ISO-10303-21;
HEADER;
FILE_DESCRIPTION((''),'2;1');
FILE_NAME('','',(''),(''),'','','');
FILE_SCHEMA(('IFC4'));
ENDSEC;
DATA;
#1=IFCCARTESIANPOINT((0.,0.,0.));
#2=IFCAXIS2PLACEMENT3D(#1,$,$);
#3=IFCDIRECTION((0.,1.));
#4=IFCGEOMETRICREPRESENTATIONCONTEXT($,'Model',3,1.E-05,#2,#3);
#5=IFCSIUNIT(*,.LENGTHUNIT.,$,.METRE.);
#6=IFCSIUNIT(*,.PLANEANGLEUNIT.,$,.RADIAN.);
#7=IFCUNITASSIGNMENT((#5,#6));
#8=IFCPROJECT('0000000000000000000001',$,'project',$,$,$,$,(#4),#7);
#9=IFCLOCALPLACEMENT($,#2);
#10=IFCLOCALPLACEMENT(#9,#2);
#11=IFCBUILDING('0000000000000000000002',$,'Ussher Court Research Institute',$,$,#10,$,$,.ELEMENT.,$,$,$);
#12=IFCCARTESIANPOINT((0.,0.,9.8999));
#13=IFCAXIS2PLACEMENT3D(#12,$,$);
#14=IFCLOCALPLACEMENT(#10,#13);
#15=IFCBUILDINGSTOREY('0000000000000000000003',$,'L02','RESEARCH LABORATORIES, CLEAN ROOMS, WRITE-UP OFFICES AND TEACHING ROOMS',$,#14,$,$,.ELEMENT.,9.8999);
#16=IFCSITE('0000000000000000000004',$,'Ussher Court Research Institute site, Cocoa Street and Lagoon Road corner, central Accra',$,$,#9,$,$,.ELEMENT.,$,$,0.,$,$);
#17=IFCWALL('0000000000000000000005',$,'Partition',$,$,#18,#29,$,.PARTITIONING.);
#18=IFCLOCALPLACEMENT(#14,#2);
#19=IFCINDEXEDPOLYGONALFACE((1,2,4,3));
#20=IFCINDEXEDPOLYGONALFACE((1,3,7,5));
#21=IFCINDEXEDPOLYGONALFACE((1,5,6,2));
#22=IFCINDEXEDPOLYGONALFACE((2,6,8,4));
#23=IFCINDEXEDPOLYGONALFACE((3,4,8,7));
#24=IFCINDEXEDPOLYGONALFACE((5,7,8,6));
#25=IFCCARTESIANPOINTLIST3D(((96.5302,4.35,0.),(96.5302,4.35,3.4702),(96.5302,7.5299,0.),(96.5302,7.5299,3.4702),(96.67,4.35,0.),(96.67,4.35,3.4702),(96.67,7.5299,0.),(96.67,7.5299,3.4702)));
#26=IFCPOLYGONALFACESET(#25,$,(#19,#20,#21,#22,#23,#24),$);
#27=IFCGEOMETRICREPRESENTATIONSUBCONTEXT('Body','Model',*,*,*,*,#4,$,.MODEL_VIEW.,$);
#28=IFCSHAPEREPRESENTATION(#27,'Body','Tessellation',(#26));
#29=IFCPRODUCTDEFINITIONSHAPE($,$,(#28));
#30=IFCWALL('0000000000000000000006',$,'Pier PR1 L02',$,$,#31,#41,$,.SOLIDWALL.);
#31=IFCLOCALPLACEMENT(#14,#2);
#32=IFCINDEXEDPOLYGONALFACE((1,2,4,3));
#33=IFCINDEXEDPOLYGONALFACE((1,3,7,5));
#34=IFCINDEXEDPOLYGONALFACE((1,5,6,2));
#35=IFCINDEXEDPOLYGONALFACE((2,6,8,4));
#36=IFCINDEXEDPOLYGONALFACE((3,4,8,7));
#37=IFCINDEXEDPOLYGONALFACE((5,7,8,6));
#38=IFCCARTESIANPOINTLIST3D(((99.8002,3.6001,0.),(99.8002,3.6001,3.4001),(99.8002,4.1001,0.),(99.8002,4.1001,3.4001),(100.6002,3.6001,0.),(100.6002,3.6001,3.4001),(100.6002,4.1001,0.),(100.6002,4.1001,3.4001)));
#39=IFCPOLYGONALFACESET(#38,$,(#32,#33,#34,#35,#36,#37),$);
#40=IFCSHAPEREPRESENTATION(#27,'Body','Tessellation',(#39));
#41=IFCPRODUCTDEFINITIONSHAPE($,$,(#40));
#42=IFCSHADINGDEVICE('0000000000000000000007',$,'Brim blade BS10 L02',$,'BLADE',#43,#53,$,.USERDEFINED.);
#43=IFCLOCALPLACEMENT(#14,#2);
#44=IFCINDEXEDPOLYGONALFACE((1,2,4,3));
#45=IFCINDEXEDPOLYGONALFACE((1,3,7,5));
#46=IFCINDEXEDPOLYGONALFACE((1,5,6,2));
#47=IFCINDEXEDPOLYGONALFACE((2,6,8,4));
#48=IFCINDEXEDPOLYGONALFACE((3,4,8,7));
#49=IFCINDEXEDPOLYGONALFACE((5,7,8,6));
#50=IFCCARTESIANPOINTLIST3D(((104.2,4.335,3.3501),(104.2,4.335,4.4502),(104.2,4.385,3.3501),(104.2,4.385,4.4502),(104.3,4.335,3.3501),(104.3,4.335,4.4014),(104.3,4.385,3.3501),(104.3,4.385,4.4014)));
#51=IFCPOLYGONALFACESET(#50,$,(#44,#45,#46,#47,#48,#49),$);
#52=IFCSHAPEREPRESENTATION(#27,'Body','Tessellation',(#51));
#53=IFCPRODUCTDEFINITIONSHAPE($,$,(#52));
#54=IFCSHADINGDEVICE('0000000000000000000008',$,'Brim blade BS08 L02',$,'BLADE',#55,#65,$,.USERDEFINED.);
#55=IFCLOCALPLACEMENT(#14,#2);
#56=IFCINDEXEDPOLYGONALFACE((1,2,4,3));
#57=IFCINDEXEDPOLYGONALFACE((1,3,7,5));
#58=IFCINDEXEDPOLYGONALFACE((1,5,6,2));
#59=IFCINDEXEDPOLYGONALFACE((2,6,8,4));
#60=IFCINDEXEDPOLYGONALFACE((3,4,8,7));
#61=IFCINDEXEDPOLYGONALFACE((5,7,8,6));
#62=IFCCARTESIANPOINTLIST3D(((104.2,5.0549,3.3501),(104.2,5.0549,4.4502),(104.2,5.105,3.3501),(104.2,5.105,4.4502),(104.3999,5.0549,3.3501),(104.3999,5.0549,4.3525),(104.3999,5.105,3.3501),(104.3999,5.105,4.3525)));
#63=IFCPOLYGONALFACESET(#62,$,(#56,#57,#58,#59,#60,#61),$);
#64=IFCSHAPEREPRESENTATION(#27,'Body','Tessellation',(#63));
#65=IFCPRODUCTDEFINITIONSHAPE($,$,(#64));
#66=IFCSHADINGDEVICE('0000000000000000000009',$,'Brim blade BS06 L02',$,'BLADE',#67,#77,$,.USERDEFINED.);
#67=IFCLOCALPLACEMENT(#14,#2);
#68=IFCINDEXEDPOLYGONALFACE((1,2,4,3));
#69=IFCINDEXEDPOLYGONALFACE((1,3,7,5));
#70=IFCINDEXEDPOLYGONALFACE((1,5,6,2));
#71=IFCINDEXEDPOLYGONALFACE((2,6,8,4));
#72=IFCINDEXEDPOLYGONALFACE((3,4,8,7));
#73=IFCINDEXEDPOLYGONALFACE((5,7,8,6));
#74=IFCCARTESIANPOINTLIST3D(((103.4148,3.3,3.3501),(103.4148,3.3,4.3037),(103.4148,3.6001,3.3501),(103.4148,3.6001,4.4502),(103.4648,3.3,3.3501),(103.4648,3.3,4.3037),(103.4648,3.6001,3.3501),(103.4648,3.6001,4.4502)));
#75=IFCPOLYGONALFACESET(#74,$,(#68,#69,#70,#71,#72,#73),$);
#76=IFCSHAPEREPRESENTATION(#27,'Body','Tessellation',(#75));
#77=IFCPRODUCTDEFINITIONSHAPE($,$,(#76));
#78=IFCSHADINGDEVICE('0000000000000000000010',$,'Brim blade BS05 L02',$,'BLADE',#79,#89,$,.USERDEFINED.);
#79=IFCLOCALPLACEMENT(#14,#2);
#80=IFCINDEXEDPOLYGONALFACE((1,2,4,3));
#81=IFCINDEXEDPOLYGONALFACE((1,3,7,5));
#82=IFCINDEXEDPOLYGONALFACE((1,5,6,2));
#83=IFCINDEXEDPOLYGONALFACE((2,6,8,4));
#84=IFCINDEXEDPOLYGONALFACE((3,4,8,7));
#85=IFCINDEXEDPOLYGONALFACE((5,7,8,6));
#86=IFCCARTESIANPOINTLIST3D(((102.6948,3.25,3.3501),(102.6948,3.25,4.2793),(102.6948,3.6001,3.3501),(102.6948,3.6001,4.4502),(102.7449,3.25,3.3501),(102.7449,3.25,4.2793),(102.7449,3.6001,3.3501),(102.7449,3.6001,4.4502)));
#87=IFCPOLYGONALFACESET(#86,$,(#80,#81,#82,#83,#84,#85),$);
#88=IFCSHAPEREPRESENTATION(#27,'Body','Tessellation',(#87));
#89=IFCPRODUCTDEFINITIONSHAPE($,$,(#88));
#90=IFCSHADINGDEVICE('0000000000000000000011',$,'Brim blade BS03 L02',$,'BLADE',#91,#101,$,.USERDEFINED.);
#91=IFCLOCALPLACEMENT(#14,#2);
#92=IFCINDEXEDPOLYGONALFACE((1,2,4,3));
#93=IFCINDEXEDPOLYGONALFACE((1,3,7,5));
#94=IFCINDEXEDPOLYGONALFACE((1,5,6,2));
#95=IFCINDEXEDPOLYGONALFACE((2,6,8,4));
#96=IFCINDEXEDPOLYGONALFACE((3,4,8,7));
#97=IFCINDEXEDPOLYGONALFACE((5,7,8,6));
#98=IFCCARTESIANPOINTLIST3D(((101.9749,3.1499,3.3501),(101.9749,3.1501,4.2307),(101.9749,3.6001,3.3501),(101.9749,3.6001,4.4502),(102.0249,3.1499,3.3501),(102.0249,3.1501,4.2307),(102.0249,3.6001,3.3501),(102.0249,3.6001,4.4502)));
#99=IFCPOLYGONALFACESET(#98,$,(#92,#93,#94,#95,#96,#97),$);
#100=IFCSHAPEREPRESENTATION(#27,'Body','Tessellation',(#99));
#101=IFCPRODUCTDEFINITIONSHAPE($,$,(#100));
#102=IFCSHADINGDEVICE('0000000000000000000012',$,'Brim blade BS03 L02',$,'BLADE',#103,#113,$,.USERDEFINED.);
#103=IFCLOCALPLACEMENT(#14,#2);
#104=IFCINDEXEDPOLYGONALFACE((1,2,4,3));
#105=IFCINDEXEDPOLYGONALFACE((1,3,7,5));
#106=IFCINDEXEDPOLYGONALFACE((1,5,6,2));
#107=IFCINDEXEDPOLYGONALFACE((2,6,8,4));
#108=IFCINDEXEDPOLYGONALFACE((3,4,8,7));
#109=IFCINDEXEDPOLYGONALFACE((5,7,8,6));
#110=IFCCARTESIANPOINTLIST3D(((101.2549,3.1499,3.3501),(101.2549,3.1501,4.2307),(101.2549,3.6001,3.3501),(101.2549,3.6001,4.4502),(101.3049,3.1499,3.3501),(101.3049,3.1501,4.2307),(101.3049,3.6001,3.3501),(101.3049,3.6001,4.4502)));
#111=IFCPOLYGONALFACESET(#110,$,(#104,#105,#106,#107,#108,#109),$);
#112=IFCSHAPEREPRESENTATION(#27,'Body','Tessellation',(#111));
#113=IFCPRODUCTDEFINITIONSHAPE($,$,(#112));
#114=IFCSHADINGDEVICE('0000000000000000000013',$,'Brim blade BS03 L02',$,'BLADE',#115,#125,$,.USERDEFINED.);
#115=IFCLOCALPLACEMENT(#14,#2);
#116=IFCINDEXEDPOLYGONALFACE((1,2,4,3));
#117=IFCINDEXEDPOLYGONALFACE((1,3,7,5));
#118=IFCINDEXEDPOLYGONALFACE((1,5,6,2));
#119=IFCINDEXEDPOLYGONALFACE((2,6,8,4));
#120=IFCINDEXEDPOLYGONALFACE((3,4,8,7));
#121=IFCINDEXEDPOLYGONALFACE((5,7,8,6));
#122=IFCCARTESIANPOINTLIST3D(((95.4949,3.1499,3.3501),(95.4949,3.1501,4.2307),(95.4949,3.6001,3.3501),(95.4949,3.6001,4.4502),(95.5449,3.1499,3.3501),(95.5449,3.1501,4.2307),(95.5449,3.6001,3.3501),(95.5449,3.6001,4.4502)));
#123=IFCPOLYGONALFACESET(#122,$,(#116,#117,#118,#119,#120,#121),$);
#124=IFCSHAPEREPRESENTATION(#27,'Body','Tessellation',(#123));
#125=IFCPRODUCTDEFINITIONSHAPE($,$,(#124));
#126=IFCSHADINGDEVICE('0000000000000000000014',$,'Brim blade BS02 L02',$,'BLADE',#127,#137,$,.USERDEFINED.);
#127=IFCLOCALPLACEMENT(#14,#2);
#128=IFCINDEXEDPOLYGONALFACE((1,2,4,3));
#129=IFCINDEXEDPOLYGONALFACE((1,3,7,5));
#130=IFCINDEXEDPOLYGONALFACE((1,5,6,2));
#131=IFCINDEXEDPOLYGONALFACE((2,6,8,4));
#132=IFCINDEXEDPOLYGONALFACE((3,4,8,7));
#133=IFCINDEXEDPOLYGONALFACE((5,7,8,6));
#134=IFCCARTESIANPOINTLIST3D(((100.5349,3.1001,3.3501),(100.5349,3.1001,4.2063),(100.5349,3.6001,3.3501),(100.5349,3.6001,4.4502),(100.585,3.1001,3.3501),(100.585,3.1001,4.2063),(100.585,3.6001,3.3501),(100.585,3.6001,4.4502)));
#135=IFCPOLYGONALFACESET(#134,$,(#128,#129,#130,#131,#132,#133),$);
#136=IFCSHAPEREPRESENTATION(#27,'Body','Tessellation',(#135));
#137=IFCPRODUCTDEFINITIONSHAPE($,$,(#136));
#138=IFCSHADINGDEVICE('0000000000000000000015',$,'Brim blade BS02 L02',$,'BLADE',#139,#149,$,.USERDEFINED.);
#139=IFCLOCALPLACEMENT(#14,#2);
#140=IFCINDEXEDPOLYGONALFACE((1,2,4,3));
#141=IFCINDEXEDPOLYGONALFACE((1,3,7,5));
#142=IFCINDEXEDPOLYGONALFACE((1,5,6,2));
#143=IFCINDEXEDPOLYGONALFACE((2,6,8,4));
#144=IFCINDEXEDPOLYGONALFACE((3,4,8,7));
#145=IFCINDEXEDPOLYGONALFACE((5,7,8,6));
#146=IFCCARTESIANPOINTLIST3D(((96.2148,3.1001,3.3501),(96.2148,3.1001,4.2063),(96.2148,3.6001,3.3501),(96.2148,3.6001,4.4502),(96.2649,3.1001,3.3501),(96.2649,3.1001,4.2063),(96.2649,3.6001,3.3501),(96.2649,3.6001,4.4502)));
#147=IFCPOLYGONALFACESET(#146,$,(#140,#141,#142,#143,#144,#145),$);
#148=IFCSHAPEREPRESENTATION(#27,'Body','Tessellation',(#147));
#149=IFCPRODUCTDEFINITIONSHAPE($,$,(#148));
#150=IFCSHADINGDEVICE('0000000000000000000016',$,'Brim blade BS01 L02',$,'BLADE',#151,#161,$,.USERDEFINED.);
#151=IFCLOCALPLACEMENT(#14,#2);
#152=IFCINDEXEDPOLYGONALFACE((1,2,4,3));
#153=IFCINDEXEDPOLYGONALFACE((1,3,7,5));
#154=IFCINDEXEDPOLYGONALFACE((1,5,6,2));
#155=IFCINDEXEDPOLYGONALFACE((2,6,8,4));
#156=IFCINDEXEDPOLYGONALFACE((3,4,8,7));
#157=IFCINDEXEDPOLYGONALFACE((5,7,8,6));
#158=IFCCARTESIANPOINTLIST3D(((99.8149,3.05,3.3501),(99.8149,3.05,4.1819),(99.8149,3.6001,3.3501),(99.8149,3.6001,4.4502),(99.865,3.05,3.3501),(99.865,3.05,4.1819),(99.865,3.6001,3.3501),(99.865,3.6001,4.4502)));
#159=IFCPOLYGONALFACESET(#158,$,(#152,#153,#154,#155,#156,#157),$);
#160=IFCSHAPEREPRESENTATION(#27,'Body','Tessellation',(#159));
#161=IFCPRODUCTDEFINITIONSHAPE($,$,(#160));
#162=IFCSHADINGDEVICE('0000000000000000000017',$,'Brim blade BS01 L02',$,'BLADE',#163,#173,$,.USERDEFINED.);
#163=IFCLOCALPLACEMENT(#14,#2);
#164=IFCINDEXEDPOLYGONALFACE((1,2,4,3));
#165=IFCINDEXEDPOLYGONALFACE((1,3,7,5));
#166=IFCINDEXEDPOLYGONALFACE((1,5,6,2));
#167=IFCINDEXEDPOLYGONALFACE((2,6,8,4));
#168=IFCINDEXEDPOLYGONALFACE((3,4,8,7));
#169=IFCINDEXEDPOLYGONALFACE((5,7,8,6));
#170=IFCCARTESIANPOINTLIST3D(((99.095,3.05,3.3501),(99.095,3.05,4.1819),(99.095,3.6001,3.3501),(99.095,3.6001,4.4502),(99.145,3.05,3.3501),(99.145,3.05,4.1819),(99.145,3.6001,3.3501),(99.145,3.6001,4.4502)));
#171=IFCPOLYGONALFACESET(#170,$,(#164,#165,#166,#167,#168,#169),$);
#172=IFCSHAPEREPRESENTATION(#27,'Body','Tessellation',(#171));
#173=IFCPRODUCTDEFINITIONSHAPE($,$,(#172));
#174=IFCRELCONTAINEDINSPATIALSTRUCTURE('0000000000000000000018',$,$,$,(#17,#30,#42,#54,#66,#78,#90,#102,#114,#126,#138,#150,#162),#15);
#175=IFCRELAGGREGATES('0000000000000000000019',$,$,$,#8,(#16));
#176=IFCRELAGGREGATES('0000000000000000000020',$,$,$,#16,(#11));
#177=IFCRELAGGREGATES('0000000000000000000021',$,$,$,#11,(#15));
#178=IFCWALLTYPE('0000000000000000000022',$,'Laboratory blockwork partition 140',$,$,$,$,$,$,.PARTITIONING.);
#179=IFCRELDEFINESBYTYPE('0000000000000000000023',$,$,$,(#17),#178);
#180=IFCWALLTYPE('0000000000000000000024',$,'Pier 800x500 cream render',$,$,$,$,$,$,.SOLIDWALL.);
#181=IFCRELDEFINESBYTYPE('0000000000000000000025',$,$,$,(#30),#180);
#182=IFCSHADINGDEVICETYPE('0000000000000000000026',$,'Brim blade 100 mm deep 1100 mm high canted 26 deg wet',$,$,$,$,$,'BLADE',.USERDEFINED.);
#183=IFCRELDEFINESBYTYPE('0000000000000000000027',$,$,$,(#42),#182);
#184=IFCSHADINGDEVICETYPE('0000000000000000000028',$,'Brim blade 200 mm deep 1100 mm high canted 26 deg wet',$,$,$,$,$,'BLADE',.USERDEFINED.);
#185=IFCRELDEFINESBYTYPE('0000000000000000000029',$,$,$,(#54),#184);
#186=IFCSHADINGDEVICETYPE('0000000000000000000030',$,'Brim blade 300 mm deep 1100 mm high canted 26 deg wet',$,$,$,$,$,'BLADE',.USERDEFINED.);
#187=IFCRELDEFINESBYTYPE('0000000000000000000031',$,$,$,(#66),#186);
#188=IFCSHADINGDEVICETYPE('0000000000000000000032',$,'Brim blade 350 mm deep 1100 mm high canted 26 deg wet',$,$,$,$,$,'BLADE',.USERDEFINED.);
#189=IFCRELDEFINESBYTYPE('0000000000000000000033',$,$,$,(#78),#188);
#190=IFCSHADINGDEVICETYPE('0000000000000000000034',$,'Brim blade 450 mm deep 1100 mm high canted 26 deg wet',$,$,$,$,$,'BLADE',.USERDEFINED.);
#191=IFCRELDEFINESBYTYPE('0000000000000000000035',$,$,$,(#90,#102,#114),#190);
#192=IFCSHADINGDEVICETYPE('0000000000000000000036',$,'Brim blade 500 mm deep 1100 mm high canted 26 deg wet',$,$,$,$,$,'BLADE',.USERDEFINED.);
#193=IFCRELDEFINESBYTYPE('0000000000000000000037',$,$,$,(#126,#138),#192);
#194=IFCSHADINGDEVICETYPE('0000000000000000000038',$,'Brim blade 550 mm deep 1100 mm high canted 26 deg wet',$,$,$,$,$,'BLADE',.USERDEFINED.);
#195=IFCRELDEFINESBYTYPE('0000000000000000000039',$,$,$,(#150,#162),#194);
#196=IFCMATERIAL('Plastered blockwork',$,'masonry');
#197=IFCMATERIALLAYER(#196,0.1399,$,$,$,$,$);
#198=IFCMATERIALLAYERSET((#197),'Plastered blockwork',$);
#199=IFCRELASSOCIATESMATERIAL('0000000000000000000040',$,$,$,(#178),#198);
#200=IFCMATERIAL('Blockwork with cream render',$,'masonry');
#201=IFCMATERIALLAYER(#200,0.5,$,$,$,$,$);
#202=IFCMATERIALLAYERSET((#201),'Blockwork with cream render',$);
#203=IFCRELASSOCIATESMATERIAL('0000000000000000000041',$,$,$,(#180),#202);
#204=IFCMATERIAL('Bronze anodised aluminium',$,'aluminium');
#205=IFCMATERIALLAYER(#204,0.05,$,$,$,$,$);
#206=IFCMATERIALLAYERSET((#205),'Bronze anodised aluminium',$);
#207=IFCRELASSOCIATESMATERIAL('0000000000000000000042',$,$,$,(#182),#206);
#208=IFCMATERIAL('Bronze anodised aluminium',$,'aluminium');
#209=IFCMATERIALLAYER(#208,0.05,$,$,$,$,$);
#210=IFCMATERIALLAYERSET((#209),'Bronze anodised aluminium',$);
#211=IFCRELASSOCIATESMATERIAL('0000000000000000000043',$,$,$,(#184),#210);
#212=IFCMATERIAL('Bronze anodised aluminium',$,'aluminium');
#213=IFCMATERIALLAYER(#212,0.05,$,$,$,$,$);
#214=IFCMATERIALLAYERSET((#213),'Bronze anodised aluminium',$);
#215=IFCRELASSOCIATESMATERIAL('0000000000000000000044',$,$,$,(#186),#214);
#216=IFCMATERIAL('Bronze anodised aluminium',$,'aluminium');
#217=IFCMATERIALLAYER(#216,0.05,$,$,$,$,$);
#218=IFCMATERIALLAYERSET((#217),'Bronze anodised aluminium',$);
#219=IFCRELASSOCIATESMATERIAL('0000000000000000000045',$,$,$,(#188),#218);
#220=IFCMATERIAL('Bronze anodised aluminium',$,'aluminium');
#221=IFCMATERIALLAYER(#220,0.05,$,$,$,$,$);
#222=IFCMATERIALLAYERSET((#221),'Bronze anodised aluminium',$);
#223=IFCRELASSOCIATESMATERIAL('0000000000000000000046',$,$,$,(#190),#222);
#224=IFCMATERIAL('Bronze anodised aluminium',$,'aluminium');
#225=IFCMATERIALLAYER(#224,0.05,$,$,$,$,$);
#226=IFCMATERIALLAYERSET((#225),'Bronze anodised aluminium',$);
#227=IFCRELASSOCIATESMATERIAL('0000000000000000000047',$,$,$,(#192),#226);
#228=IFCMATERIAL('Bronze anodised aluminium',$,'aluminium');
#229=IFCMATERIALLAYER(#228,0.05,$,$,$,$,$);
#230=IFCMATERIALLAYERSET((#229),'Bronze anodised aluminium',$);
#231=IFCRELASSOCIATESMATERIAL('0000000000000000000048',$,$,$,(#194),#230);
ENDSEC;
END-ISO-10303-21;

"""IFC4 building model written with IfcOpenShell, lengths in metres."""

from ifc_helpers import new_model, si_unit, direction, frame, frame_2d, origin, place, context, subcontext, project, spatial, polyline, rectangle, outline, extrude, material, layer, layer_set, type_object, element, save


model = new_model("IFC4")

# Units and contexts
model_context = context("Model", 3, precision=1e-05, world=origin(), true_north=direction((0.0, 1.0)))
body_context = subcontext(model_context, "Body", "Model", "MODEL_VIEW")
ifc_project = project(units=[si_unit("LENGTHUNIT", "METRE"), si_unit("PLANEANGLEUNIT", "RADIAN")], contexts=[model_context])

# Site, building, storey
site_placement = place(None, origin())
site = spatial("IfcSite", under=ifc_project, at=site_placement, Name="Ussher Court Research Institute site, Cocoa Street and Lagoon Road corner, central Accra", CompositionType="ELEMENT", RefElevation=0.0)
building_placement = place(site_placement, origin())
building = spatial("IfcBuilding", under=site, at=building_placement, Name="Ussher Court Research Institute", CompositionType="ELEMENT")
storey_placement = place(building_placement, frame((0.0, 0.0, 9.8999)))
storey = spatial("IfcBuildingStorey", under=building, at=storey_placement, Name="L02", Description="RESEARCH LABORATORIES, CLEAN ROOMS, WRITE-UP OFFICES AND TEACHING ROOMS", CompositionType="ELEMENT", Elevation=9.8999)

# Walls
ifc_material_1 = material(Name="Plastered blockwork", Category="masonry")
ifc_layer_1 = layer(ifc_material_1, 0.1399)
ifc_layer_set_1 = layer_set([ifc_layer_1], Name="Plastered blockwork")
wall_type_1 = type_object("IfcWallType", Name="Laboratory blockwork partition 140", PredefinedType="PARTITIONING", material=ifc_layer_set_1)
wall_1_placement = place(storey_placement, frame((96.6001, 4.3501, 0.0), z_axis=(0.0, 0.0, 1.0), x_axis=(0.0, 1.0, 0.0)))
element("IfcWall", 1, at=wall_1_placement, inside=storey, type_object=wall_type_1, Name="Partition", PredefinedType="PARTITIONING", context=body_context, shape_type="SweptSolid", body=[
    extrude(rectangle(XDim=3.1799, YDim=0.1399, at=frame_2d((1.5898, 0.0))), origin(), (0.0, 0.0, 1.0), 3.4702),
])
ifc_material_2 = material(Name="Blockwork with cream render", Category="masonry")
ifc_layer_2 = layer(ifc_material_2, 0.5)
ifc_layer_set_2 = layer_set([ifc_layer_2], Name="Blockwork with cream render")
wall_type_2 = type_object("IfcWallType", Name="Pier 800x500 cream render", PredefinedType="SOLIDWALL", material=ifc_layer_set_2)
wall_2_placement = place(storey_placement, frame((100.6001, 3.8501, 0.0), z_axis=(0.0, 0.0, 1.0), x_axis=(-1.0, 0.0, 0.0)))
element("IfcWall", 2, at=wall_2_placement, inside=storey, type_object=wall_type_2, Name="Pier PR1 L02", PredefinedType="SOLIDWALL", context=body_context, shape_type="SweptSolid", body=[
    extrude(rectangle(XDim=0.8, YDim=0.5, at=frame_2d((0.3999, 0.0))), origin(), (0.0, 0.0, 1.0), 3.4001),
])

# Shading devices
ifc_material_3 = material(Name="Bronze anodised aluminium", Category="aluminium")
ifc_layer_3 = layer(ifc_material_3, 0.05)
ifc_layer_set_3 = layer_set([ifc_layer_3], Name="Bronze anodised aluminium")
shading_device_type_1 = type_object("IfcShadingDeviceType", Name="Brim blade 100 mm deep 1100 mm high canted 26 deg wet", ElementType="BLADE", PredefinedType="USERDEFINED", material=ifc_layer_set_3)
shading_device_1_placement = place(storey_placement, frame((104.2, 4.3601, 3.3501), z_axis=(0.0, 0.0, 1.0), x_axis=(1.0, 0.0, 0.0)))
element("IfcShadingDevice", 3, at=shading_device_1_placement, inside=storey, type_object=shading_device_type_1, Name="Brim blade BS10 L02", ObjectType="BLADE", PredefinedType="USERDEFINED", context=body_context, shape_type="SweptSolid", body=[
    extrude(outline(polyline([(0.0, 0.0), (0.1001, 0.0), (0.1001, 1.0513), (0.0, 1.1001), (0.0, 0.0)])), frame((0.0, 0.0249, 0.0), z_axis=(0.0, -1.0, 0.0), x_axis=(1.0, 0.0, 0.0)), (0.0, 0.0, 1.0), 0.05),
])
ifc_material_4 = material(Name="Bronze anodised aluminium", Category="aluminium")
ifc_layer_4 = layer(ifc_material_4, 0.05)
ifc_layer_set_4 = layer_set([ifc_layer_4], Name="Bronze anodised aluminium")
shading_device_type_2 = type_object("IfcShadingDeviceType", Name="Brim blade 200 mm deep 1100 mm high canted 26 deg wet", ElementType="BLADE", PredefinedType="USERDEFINED", material=ifc_layer_set_4)
shading_device_2_placement = place(storey_placement, frame((104.2, 5.0801, 3.3501), z_axis=(0.0, 0.0, 1.0), x_axis=(1.0, 0.0, 0.0)))
element("IfcShadingDevice", 4, at=shading_device_2_placement, inside=storey, type_object=shading_device_type_2, Name="Brim blade BS08 L02", ObjectType="BLADE", PredefinedType="USERDEFINED", context=body_context, shape_type="SweptSolid", body=[
    extrude(outline(polyline([(0.0, 0.0), (0.2, 0.0), (0.2, 1.0024), (0.0, 1.1001), (0.0, 0.0)])), frame((0.0, 0.0249, 0.0), z_axis=(0.0, -1.0, 0.0), x_axis=(1.0, 0.0, 0.0)), (0.0, 0.0, 1.0), 0.05),
])
ifc_material_5 = material(Name="Bronze anodised aluminium", Category="aluminium")
ifc_layer_5 = layer(ifc_material_5, 0.05)
ifc_layer_set_5 = layer_set([ifc_layer_5], Name="Bronze anodised aluminium")
shading_device_type_3 = type_object("IfcShadingDeviceType", Name="Brim blade 300 mm deep 1100 mm high canted 26 deg wet", ElementType="BLADE", PredefinedType="USERDEFINED", material=ifc_layer_set_5)
shading_device_3_placement = place(storey_placement, frame((103.4399, 3.6001, 3.3501), z_axis=(0.0, 0.0, 1.0), x_axis=(0.0, -1.0, 0.0)))
element("IfcShadingDevice", 5, at=shading_device_3_placement, inside=storey, type_object=shading_device_type_3, Name="Brim blade BS06 L02", ObjectType="BLADE", PredefinedType="USERDEFINED", context=body_context, shape_type="SweptSolid", body=[
    extrude(outline(polyline([(0.0, 0.0), (0.3, 0.0), (0.3, 0.9536), (0.0, 1.1001), (0.0, 0.0)])), frame((0.0, 0.0249, 0.0), z_axis=(0.0, -1.0, 0.0), x_axis=(1.0, 0.0, 0.0)), (0.0, 0.0, 1.0), 0.05),
])
ifc_material_6 = material(Name="Bronze anodised aluminium", Category="aluminium")
ifc_layer_6 = layer(ifc_material_6, 0.05)
ifc_layer_set_6 = layer_set([ifc_layer_6], Name="Bronze anodised aluminium")
shading_device_type_4 = type_object("IfcShadingDeviceType", Name="Brim blade 350 mm deep 1100 mm high canted 26 deg wet", ElementType="BLADE", PredefinedType="USERDEFINED", material=ifc_layer_set_6)
shading_device_4_placement = place(storey_placement, frame((102.72, 3.6001, 3.3501), z_axis=(0.0, 0.0, 1.0), x_axis=(0.0, -1.0, 0.0)))
element("IfcShadingDevice", 6, at=shading_device_4_placement, inside=storey, type_object=shading_device_type_4, Name="Brim blade BS05 L02", ObjectType="BLADE", PredefinedType="USERDEFINED", context=body_context, shape_type="SweptSolid", body=[
    extrude(outline(polyline([(0.0, 0.0), (0.3501, 0.0), (0.3501, 0.9292), (0.0, 1.1001), (0.0, 0.0)])), frame((0.0, 0.0249, 0.0), z_axis=(0.0, -1.0, 0.0), x_axis=(1.0, 0.0, 0.0)), (0.0, 0.0, 1.0), 0.05),
])
ifc_material_7 = material(Name="Bronze anodised aluminium", Category="aluminium")
ifc_layer_7 = layer(ifc_material_7, 0.05)
ifc_layer_set_7 = layer_set([ifc_layer_7], Name="Bronze anodised aluminium")
shading_device_type_5 = type_object("IfcShadingDeviceType", Name="Brim blade 450 mm deep 1100 mm high canted 26 deg wet", ElementType="BLADE", PredefinedType="USERDEFINED", material=ifc_layer_set_7)
for number, where, z_axis, x_axis, name in (
    (7, (102.0, 3.6001, 3.3501), (0.0, 0.0, 1.0), (0.0, -1.0, 0.0), "Brim blade BS03 L02"),
    (8, (101.28, 3.6001, 3.3501), (0.0, 0.0, 1.0), (0.0, -1.0, 0.0), "Brim blade BS03 L02"),
    (9, (95.52, 3.6001, 3.3501), (0.0, 0.0, 1.0), (0.0, -1.0, 0.0), "Brim blade BS03 L02"),
):
    element("IfcShadingDevice", number, at=place(storey_placement, frame(where, z_axis=z_axis, x_axis=x_axis)), inside=storey, type_object=shading_device_type_5, Name=name, ObjectType="BLADE", PredefinedType="USERDEFINED", context=body_context, shape_type="SweptSolid", body=[
        extrude(outline(polyline([(0.0, 0.0), (0.4502, 0.0), (0.45, 0.8806), (0.0, 1.1001), (0.0, 0.0)])), frame((0.0, 0.0249, 0.0), z_axis=(0.0, -1.0, 0.0), x_axis=(1.0, 0.0, 0.0)), (0.0, 0.0, 1.0), 0.05),
    ])
ifc_material_8 = material(Name="Bronze anodised aluminium", Category="aluminium")
ifc_layer_8 = layer(ifc_material_8, 0.05)
ifc_layer_set_8 = layer_set([ifc_layer_8], Name="Bronze anodised aluminium")
shading_device_type_6 = type_object("IfcShadingDeviceType", Name="Brim blade 500 mm deep 1100 mm high canted 26 deg wet", ElementType="BLADE", PredefinedType="USERDEFINED", material=ifc_layer_set_8)
for number, where, z_axis, x_axis, name in (
    (10, (100.5601, 3.6001, 3.3501), (0.0, 0.0, 1.0), (0.0, -1.0, 0.0), "Brim blade BS02 L02"),
    (11, (96.24, 3.6001, 3.3501), (0.0, 0.0, 1.0), (0.0, -1.0, 0.0), "Brim blade BS02 L02"),
):
    element("IfcShadingDevice", number, at=place(storey_placement, frame(where, z_axis=z_axis, x_axis=x_axis)), inside=storey, type_object=shading_device_type_6, Name=name, ObjectType="BLADE", PredefinedType="USERDEFINED", context=body_context, shape_type="SweptSolid", body=[
        extrude(outline(polyline([(0.0, 0.0), (0.5, 0.0), (0.5, 0.8562), (0.0, 1.1001), (0.0, 0.0)])), frame((0.0, 0.0249, 0.0), z_axis=(0.0, -1.0, 0.0), x_axis=(1.0, 0.0, 0.0)), (0.0, 0.0, 1.0), 0.05),
    ])
ifc_material_9 = material(Name="Bronze anodised aluminium", Category="aluminium")
ifc_layer_9 = layer(ifc_material_9, 0.05)
ifc_layer_set_9 = layer_set([ifc_layer_9], Name="Bronze anodised aluminium")
shading_device_type_7 = type_object("IfcShadingDeviceType", Name="Brim blade 550 mm deep 1100 mm high canted 26 deg wet", ElementType="BLADE", PredefinedType="USERDEFINED", material=ifc_layer_set_9)
for number, where, z_axis, x_axis, name in (
    (12, (99.8401, 3.6001, 3.3501), (0.0, 0.0, 1.0), (0.0, -1.0, 0.0), "Brim blade BS01 L02"),
    (13, (99.1201, 3.6001, 3.3501), (0.0, 0.0, 1.0), (0.0, -1.0, 0.0), "Brim blade BS01 L02"),
):
    element("IfcShadingDevice", number, at=place(storey_placement, frame(where, z_axis=z_axis, x_axis=x_axis)), inside=storey, type_object=shading_device_type_7, Name=name, ObjectType="BLADE", PredefinedType="USERDEFINED", context=body_context, shape_type="SweptSolid", body=[
        extrude(outline(polyline([(0.0, 0.0), (0.55, 0.0), (0.55, 0.8318), (0.0, 1.1001), (0.0, 0.0)])), frame((0.0, 0.0249, 0.0), z_axis=(0.0, -1.0, 0.0), x_axis=(1.0, 0.0, 0.0)), (0.0, 0.0, 1.0), 0.05),
    ])

save(model, "model.ifc")
